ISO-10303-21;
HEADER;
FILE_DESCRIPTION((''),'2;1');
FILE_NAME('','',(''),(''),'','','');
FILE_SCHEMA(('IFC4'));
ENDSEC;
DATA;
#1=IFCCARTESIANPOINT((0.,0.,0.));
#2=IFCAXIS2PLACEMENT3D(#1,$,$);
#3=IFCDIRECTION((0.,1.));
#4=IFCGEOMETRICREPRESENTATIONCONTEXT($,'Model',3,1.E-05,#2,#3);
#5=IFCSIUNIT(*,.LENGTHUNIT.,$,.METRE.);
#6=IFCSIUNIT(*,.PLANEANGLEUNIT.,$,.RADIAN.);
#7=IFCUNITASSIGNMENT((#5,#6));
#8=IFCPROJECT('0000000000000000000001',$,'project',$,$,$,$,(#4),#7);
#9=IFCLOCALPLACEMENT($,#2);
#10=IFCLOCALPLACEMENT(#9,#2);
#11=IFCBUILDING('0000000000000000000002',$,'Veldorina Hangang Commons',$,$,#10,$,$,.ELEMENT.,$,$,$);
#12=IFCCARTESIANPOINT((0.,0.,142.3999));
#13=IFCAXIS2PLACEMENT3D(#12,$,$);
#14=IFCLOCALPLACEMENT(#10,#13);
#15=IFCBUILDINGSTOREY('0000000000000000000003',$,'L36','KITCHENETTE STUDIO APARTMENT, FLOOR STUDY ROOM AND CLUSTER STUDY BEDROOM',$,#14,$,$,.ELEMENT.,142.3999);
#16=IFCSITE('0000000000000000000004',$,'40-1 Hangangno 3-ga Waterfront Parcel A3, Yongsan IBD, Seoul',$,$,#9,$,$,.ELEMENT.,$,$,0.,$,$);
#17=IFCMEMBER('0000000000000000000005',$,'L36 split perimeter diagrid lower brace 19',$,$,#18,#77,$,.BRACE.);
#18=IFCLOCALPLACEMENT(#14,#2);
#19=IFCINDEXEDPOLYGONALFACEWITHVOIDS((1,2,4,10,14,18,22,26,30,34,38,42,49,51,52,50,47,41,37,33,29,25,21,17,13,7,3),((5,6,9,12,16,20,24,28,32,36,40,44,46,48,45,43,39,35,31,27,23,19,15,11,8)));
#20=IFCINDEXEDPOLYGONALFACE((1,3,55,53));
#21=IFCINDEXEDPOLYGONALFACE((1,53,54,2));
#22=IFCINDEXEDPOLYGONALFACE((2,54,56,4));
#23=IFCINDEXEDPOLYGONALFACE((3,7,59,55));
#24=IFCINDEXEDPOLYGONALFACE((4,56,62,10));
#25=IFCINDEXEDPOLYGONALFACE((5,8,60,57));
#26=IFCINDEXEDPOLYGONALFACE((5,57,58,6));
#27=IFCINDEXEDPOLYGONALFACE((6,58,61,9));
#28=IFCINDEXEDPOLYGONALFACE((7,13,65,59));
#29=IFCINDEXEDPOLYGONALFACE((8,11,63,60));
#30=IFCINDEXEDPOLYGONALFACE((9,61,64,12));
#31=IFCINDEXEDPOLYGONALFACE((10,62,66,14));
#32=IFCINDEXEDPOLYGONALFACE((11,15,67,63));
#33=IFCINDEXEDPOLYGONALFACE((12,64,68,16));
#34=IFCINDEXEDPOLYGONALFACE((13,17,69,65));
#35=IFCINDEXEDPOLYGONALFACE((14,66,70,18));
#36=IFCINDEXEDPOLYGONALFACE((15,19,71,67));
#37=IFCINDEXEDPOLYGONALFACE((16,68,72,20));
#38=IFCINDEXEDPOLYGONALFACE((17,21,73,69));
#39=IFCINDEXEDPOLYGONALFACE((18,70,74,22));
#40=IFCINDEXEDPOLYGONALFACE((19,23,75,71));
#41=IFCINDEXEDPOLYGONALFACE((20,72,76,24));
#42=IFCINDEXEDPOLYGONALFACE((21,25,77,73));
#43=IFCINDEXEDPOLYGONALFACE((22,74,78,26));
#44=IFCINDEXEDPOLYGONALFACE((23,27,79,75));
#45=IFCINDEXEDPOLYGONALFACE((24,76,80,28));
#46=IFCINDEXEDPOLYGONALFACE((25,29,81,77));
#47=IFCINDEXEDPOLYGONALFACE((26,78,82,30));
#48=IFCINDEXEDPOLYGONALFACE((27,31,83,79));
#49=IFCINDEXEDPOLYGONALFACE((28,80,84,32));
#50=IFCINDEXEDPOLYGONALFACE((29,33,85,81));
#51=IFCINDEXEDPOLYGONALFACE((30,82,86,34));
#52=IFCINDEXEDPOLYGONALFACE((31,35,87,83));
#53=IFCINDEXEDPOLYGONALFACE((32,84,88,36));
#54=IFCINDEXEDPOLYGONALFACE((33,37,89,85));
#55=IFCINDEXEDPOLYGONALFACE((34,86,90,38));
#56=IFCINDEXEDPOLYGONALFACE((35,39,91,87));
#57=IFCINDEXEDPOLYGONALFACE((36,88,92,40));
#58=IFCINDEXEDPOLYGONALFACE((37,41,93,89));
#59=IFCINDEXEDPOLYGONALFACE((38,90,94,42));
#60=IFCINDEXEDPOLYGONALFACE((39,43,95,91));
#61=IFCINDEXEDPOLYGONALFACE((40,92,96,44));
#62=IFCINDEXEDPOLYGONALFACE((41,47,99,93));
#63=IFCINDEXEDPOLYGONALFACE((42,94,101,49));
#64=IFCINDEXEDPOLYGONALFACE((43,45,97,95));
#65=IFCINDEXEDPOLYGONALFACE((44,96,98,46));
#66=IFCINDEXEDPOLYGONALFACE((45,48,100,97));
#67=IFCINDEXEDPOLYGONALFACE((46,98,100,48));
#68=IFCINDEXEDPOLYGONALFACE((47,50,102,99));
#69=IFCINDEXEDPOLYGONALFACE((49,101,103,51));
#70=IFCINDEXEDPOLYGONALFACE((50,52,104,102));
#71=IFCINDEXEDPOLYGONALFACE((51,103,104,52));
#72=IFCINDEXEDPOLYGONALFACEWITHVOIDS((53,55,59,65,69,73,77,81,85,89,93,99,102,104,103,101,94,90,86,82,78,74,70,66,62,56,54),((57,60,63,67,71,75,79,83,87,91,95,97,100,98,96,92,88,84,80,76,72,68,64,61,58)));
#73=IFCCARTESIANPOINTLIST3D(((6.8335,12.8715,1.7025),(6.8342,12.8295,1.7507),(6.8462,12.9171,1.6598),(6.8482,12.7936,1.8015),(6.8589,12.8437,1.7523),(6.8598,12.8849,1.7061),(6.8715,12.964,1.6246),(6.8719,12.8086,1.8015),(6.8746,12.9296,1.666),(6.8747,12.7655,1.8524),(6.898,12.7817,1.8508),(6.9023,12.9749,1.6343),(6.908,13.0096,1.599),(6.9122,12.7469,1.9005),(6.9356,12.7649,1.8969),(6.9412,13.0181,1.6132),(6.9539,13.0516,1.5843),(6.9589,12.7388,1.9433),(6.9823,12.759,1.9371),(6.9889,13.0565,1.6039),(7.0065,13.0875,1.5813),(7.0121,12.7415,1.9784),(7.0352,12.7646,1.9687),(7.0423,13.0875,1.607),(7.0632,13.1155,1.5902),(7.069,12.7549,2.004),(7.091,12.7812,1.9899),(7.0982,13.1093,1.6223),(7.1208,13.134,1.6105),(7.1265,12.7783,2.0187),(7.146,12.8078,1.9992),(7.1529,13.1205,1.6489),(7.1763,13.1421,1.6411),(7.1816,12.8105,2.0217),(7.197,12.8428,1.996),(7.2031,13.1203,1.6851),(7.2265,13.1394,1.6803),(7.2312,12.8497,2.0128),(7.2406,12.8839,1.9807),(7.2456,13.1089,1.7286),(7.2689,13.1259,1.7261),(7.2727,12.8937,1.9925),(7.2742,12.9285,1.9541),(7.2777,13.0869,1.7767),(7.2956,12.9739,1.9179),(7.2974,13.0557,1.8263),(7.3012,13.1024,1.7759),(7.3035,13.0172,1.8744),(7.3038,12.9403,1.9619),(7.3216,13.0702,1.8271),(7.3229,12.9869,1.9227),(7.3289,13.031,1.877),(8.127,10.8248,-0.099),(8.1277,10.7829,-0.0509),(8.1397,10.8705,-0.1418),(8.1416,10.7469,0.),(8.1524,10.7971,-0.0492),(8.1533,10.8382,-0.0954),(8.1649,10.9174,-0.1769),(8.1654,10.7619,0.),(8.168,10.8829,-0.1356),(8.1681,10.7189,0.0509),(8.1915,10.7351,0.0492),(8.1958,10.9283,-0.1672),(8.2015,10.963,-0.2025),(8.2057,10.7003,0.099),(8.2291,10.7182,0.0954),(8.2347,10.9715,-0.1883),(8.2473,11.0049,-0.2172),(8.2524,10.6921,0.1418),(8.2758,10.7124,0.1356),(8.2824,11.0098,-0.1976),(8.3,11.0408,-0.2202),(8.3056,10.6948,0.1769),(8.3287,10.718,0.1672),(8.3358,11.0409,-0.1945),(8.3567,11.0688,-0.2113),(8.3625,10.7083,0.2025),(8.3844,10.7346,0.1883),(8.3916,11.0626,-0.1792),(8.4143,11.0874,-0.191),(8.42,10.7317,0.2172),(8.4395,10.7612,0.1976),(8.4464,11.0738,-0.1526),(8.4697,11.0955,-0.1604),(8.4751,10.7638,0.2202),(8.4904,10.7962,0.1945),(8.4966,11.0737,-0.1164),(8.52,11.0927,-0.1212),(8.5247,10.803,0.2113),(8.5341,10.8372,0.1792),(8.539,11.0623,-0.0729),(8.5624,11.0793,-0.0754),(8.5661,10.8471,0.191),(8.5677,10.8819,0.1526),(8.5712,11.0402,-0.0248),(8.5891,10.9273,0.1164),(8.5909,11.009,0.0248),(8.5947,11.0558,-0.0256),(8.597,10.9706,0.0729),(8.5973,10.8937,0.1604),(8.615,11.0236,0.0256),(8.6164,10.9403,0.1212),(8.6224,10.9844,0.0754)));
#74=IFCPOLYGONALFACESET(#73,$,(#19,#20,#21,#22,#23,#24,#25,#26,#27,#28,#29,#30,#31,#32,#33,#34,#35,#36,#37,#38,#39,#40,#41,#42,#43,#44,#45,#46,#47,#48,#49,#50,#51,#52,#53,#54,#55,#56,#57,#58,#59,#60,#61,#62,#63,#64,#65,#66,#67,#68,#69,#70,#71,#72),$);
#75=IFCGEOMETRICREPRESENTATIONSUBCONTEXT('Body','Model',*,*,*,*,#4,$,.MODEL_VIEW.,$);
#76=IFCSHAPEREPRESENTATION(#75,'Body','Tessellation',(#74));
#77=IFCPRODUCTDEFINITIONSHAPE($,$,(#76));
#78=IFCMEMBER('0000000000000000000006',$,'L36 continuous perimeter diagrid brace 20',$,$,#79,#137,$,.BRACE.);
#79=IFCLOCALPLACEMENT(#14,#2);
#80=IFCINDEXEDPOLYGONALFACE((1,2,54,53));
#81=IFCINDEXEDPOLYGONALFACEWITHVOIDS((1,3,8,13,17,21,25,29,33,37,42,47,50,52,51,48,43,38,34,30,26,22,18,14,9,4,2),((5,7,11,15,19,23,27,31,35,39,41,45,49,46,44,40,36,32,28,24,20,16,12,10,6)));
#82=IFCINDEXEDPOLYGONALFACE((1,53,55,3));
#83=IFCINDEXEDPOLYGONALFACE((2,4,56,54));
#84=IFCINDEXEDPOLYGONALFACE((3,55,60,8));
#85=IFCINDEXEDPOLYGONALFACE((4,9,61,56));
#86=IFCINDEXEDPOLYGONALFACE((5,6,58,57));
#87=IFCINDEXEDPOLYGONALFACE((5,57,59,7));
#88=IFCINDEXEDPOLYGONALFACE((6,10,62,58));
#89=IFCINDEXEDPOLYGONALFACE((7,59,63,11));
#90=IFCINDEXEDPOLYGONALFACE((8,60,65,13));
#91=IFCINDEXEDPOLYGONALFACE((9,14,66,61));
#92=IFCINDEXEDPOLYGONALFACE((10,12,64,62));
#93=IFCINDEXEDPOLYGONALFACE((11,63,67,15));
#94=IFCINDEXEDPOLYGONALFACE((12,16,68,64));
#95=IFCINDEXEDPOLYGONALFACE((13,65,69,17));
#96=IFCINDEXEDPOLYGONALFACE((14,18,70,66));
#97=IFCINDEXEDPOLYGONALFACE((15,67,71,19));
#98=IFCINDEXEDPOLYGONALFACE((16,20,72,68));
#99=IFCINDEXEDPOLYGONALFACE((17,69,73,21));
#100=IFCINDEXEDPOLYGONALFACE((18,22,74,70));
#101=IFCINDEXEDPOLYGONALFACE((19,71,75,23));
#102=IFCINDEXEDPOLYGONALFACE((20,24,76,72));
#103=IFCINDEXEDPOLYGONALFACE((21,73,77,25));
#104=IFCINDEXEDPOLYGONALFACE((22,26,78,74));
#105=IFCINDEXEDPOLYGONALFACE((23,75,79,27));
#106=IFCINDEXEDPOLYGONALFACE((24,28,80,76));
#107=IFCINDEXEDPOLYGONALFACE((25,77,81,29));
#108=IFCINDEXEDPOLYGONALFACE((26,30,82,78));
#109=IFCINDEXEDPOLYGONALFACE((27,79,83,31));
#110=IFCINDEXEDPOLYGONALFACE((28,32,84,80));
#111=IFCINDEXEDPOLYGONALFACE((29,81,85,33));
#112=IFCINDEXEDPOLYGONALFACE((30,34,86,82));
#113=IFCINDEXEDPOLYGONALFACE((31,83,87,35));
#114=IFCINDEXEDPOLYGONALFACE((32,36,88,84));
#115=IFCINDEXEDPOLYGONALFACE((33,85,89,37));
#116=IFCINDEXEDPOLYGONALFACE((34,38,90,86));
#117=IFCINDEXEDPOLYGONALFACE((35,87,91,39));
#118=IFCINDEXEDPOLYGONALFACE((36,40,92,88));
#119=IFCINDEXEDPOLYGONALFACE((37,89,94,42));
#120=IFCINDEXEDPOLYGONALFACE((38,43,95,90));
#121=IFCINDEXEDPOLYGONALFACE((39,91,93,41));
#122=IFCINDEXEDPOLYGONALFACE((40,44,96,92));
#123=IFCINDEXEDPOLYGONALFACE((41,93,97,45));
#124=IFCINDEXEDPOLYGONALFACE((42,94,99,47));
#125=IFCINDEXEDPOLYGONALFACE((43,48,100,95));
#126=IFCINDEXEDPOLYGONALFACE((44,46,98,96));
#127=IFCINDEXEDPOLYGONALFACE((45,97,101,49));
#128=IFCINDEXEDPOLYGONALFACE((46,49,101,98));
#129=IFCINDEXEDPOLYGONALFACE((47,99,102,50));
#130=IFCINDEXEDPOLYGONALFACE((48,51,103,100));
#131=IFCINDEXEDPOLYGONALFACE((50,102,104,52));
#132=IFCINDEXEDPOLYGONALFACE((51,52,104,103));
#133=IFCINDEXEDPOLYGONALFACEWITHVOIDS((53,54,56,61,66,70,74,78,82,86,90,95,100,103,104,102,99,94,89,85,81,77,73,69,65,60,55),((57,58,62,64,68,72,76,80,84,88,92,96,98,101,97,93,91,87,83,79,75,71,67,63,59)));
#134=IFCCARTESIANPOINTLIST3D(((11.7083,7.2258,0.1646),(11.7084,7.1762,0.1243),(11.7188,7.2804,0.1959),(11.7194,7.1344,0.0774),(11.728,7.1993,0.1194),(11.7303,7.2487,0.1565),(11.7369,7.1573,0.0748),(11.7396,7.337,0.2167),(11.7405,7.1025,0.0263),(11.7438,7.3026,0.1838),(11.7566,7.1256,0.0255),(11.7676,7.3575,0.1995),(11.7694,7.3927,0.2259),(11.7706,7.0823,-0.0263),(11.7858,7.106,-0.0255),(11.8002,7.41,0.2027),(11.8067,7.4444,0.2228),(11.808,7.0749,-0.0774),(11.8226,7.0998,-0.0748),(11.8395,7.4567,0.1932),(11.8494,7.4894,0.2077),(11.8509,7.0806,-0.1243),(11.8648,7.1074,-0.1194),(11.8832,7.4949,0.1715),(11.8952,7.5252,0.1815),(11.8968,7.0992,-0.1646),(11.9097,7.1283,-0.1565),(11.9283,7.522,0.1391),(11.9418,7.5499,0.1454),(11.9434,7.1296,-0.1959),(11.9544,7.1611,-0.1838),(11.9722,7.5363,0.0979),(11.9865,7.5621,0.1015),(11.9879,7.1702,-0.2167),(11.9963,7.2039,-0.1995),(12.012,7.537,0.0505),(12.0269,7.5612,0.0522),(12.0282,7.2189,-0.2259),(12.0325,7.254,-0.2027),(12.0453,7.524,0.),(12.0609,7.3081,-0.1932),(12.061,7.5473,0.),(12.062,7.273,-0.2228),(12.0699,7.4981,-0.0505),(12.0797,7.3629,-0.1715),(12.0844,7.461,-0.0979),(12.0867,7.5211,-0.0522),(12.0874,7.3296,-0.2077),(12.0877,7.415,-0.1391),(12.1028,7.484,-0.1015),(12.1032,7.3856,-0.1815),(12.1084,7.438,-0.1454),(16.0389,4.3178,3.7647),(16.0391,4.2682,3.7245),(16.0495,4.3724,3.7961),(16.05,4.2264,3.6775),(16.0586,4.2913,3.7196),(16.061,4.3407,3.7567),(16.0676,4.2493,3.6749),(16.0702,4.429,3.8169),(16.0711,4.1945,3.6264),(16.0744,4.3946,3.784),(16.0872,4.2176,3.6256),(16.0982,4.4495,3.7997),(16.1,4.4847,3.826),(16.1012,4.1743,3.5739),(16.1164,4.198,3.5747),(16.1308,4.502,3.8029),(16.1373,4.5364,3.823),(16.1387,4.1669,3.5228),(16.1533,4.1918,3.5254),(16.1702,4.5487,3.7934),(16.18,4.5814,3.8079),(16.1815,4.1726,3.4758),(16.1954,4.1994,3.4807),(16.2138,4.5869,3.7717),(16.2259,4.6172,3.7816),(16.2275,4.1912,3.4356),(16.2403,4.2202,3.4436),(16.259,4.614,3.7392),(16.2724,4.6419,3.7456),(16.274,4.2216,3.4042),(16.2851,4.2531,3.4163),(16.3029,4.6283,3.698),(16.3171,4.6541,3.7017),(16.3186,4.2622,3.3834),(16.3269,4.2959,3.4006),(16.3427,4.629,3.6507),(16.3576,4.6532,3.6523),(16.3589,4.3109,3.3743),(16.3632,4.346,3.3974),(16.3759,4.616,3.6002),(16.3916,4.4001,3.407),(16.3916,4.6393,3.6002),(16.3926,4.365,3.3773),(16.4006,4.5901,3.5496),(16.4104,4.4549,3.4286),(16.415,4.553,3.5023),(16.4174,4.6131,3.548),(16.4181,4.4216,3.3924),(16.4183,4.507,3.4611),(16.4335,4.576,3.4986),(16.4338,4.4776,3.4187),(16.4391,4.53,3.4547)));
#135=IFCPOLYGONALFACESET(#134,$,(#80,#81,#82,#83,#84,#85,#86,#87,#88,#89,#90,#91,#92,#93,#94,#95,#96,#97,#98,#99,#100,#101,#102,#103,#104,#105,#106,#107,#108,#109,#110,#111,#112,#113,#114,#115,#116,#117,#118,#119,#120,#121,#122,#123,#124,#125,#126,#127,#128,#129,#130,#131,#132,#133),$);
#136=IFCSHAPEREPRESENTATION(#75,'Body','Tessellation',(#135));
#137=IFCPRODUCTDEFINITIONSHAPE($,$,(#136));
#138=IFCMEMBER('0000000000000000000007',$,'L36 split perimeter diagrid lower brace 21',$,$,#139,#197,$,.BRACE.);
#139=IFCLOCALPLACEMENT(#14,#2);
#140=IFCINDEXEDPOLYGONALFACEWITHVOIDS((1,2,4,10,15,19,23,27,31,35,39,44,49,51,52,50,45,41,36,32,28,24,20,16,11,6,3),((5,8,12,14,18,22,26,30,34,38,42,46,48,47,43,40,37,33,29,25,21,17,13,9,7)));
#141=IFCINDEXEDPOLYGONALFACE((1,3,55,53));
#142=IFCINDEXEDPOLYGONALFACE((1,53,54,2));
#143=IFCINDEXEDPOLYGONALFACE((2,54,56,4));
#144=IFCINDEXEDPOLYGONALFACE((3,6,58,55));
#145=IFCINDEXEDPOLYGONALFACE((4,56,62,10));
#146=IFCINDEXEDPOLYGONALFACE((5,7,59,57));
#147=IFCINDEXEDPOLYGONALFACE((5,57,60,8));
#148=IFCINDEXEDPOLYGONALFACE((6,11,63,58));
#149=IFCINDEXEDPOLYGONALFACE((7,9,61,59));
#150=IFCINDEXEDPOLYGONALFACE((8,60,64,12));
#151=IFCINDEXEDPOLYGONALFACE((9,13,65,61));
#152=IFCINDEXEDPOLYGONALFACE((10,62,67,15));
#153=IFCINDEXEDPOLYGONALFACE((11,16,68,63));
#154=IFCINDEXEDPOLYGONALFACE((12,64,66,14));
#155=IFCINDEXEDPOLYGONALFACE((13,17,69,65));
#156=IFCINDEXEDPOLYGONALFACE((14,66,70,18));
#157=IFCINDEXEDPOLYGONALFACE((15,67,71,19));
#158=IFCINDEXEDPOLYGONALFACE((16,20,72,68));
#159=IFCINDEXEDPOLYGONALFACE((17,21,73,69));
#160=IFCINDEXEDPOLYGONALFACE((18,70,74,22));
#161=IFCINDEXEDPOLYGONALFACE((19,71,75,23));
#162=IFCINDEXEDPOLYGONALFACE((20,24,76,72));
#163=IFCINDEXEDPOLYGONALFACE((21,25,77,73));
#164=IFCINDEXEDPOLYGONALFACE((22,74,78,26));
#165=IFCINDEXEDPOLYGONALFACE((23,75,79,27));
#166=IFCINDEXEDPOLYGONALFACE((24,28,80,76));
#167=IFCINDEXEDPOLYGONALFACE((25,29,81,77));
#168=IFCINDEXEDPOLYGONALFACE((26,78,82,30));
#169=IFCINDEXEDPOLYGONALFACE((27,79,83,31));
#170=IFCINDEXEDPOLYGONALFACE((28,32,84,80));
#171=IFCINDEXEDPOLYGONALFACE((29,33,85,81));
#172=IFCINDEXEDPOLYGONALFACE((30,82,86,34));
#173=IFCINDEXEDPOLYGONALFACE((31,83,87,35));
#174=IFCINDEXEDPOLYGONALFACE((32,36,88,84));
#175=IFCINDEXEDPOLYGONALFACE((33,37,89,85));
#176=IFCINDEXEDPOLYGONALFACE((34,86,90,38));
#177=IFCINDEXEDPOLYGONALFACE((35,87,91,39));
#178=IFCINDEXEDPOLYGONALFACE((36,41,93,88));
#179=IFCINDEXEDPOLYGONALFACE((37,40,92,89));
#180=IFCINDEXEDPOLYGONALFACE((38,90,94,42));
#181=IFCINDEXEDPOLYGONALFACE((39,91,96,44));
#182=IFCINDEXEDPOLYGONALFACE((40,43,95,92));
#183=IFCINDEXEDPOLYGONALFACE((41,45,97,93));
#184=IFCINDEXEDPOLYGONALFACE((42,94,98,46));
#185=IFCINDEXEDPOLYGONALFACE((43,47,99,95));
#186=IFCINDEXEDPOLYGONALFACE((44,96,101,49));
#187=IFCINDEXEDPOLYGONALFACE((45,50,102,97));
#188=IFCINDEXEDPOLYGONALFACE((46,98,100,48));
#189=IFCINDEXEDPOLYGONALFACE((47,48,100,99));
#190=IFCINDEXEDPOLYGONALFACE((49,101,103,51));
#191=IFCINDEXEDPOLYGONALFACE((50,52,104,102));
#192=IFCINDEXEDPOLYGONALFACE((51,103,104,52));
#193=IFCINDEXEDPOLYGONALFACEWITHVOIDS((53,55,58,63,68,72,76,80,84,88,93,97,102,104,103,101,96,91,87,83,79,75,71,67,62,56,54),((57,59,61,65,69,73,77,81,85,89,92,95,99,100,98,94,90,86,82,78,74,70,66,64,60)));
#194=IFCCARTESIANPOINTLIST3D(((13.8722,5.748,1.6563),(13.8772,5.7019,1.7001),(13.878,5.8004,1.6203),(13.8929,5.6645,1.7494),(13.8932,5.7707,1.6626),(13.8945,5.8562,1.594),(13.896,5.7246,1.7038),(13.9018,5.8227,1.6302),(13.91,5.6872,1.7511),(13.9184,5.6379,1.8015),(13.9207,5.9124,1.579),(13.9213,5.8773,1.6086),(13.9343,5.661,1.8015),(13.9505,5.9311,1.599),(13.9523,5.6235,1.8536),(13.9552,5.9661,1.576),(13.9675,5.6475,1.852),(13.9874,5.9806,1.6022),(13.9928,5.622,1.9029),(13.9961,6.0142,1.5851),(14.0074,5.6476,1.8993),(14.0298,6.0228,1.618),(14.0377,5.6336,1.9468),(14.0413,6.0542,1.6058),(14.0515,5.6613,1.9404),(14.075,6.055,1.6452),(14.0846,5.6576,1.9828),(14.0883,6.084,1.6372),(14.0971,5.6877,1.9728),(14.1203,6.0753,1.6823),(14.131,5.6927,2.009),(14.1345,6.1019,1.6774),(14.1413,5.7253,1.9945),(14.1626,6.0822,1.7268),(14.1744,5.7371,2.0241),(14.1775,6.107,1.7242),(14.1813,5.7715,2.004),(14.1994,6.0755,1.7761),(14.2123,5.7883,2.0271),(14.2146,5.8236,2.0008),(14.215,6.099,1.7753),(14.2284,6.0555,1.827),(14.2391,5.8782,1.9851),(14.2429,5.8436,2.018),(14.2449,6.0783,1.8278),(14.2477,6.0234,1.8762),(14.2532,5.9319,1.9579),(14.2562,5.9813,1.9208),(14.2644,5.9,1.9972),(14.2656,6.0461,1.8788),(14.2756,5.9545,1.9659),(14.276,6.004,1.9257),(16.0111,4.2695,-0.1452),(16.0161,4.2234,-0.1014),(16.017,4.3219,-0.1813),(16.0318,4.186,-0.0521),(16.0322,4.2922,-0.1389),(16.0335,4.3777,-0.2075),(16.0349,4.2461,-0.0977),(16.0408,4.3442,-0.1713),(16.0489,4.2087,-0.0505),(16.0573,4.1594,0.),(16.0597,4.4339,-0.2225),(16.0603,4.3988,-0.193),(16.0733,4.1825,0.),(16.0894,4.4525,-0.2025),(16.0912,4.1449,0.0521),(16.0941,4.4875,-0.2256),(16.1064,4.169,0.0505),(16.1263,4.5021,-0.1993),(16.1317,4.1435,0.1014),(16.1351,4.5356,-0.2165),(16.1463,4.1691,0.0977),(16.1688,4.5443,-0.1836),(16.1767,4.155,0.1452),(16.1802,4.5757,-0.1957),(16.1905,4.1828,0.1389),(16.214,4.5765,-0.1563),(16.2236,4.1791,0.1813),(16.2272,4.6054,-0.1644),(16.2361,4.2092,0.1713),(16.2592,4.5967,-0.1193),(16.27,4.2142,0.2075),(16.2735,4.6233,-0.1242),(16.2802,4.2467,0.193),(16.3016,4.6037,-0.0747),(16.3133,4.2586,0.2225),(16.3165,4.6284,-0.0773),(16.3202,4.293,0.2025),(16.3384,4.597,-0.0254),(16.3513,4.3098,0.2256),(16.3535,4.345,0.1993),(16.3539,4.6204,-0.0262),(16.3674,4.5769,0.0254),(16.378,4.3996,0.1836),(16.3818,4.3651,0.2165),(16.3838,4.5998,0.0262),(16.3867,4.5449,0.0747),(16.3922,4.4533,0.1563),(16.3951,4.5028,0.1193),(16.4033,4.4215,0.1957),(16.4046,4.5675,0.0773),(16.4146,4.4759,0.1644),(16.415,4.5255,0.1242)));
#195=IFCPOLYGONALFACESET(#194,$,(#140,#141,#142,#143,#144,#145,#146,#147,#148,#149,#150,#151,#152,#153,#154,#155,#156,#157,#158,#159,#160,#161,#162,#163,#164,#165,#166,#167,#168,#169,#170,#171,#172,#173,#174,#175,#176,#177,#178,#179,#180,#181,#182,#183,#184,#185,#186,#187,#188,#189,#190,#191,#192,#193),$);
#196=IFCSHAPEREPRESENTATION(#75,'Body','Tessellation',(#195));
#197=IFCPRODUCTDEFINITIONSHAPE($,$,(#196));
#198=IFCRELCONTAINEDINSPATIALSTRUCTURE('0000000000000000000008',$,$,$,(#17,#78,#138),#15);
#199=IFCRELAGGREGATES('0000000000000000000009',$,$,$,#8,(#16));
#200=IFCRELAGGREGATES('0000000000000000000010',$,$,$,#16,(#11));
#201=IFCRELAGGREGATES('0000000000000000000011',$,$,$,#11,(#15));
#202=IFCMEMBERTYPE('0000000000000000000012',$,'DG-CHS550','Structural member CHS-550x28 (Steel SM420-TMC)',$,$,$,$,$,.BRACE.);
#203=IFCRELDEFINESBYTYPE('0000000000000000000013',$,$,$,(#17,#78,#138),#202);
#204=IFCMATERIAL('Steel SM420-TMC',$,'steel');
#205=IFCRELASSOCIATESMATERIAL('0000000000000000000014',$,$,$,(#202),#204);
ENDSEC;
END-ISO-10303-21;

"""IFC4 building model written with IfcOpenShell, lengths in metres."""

from ifc_helpers import new_model, si_unit, direction, frame, origin, origin_2d, place, context, subcontext, project, spatial, hollow_circle, extrude, material, material_profile, profile_set, type_object, element, save


model = new_model("IFC4")

# Units and contexts
model_context = context("Model", 3, precision=1e-05, world=origin(), true_north=direction((0.0, 1.0)))
body_context = subcontext(model_context, "Body", "Model", "MODEL_VIEW")
ifc_project = project(units=[si_unit("LENGTHUNIT", "METRE"), si_unit("PLANEANGLEUNIT", "RADIAN")], contexts=[model_context])

# Site, building, storey
site_placement = place(None, origin())
site = spatial("IfcSite", under=ifc_project, at=site_placement, Name="40-1 Hangangno 3-ga Waterfront Parcel A3, Yongsan IBD, Seoul", CompositionType="ELEMENT", RefElevation=0.0)
building_placement = place(site_placement, origin())
building = spatial("IfcBuilding", under=site, at=building_placement, Name="Veldorina Hangang Commons", CompositionType="ELEMENT")
storey_placement = place(building_placement, frame((0.0, 0.0, 142.3999)))
storey = spatial("IfcBuildingStorey", under=building, at=storey_placement, Name="L36", Description="KITCHENETTE STUDIO APARTMENT, FLOOR STUDY ROOM AND CLUSTER STUDY BEDROOM", CompositionType="ELEMENT", Elevation=142.3999)

# Shared definitions
ifc_material_1 = material(Name="Steel SM420-TMC", Category="steel")

# Members
ifc_material_profile_1 = material_profile(ifc_material_1, hollow_circle(Radius=0.2749, WallThickness=0.0281, at=origin_2d()), Name="CHS-550x28")
ifc_profile_set_1 = profile_set([ifc_material_profile_1], Name="Steel SM420-TMC")
member_type = type_object("IfcMemberType", Name="DG-CHS550", Description="Structural member CHS-550x28 (Steel SM420-TMC)", PredefinedType="BRACE", material=ifc_profile_set_1)
member_1_placement = place(storey_placement, frame((8.374, 10.8938, 0.0), z_axis=(-0.428608, 0.678184, 0.59696), x_axis=(-0.845331, -0.534243, 0.0)))
element("IfcMember", 1, at=member_1_placement, inside=storey, type_object=member_type, Name="L36 split perimeter diagrid lower brace 19", PredefinedType="BRACE", context=body_context, shape_type="SweptSolid", body=[
    extrude(hollow_circle(Radius=0.2749, WallThickness=0.0281, at=origin_2d()), origin(), (0.0, 0.0, 1.0), 3.0178),
])
member_2_placement = place(storey_placement, frame((11.9077, 7.3191, 0.0), z_axis=(0.683266, -0.458811, 0.568014), x_axis=(0.557473, 0.830195, 0.0)))
element("IfcMember", 2, at=member_2_placement, inside=storey, type_object=member_type, Name="L36 continuous perimeter diagrid brace 20", PredefinedType="BRACE", context=body_context, shape_type="SweptSolid", body=[
    extrude(hollow_circle(Radius=0.2749, WallThickness=0.0281, at=origin_2d()), origin(), (0.0, 0.0, 1.0), 6.3381),
])
member_3_placement = place(storey_placement, frame((16.2136, 4.3855, 0.0), z_axis=(-0.676168, 0.467398, 0.569506), x_axis=(-0.568619, -0.822601, 0.0)))
element("IfcMember", 3, at=member_3_placement, inside=storey, type_object=member_type, Name="L36 split perimeter diagrid lower brace 21", PredefinedType="BRACE", context=body_context, shape_type="SweptSolid", body=[
    extrude(hollow_circle(Radius=0.2749, WallThickness=0.0281, at=origin_2d()), origin(), (0.0, 0.0, 1.0), 3.1633),
])

save(model, "model.ifc")
